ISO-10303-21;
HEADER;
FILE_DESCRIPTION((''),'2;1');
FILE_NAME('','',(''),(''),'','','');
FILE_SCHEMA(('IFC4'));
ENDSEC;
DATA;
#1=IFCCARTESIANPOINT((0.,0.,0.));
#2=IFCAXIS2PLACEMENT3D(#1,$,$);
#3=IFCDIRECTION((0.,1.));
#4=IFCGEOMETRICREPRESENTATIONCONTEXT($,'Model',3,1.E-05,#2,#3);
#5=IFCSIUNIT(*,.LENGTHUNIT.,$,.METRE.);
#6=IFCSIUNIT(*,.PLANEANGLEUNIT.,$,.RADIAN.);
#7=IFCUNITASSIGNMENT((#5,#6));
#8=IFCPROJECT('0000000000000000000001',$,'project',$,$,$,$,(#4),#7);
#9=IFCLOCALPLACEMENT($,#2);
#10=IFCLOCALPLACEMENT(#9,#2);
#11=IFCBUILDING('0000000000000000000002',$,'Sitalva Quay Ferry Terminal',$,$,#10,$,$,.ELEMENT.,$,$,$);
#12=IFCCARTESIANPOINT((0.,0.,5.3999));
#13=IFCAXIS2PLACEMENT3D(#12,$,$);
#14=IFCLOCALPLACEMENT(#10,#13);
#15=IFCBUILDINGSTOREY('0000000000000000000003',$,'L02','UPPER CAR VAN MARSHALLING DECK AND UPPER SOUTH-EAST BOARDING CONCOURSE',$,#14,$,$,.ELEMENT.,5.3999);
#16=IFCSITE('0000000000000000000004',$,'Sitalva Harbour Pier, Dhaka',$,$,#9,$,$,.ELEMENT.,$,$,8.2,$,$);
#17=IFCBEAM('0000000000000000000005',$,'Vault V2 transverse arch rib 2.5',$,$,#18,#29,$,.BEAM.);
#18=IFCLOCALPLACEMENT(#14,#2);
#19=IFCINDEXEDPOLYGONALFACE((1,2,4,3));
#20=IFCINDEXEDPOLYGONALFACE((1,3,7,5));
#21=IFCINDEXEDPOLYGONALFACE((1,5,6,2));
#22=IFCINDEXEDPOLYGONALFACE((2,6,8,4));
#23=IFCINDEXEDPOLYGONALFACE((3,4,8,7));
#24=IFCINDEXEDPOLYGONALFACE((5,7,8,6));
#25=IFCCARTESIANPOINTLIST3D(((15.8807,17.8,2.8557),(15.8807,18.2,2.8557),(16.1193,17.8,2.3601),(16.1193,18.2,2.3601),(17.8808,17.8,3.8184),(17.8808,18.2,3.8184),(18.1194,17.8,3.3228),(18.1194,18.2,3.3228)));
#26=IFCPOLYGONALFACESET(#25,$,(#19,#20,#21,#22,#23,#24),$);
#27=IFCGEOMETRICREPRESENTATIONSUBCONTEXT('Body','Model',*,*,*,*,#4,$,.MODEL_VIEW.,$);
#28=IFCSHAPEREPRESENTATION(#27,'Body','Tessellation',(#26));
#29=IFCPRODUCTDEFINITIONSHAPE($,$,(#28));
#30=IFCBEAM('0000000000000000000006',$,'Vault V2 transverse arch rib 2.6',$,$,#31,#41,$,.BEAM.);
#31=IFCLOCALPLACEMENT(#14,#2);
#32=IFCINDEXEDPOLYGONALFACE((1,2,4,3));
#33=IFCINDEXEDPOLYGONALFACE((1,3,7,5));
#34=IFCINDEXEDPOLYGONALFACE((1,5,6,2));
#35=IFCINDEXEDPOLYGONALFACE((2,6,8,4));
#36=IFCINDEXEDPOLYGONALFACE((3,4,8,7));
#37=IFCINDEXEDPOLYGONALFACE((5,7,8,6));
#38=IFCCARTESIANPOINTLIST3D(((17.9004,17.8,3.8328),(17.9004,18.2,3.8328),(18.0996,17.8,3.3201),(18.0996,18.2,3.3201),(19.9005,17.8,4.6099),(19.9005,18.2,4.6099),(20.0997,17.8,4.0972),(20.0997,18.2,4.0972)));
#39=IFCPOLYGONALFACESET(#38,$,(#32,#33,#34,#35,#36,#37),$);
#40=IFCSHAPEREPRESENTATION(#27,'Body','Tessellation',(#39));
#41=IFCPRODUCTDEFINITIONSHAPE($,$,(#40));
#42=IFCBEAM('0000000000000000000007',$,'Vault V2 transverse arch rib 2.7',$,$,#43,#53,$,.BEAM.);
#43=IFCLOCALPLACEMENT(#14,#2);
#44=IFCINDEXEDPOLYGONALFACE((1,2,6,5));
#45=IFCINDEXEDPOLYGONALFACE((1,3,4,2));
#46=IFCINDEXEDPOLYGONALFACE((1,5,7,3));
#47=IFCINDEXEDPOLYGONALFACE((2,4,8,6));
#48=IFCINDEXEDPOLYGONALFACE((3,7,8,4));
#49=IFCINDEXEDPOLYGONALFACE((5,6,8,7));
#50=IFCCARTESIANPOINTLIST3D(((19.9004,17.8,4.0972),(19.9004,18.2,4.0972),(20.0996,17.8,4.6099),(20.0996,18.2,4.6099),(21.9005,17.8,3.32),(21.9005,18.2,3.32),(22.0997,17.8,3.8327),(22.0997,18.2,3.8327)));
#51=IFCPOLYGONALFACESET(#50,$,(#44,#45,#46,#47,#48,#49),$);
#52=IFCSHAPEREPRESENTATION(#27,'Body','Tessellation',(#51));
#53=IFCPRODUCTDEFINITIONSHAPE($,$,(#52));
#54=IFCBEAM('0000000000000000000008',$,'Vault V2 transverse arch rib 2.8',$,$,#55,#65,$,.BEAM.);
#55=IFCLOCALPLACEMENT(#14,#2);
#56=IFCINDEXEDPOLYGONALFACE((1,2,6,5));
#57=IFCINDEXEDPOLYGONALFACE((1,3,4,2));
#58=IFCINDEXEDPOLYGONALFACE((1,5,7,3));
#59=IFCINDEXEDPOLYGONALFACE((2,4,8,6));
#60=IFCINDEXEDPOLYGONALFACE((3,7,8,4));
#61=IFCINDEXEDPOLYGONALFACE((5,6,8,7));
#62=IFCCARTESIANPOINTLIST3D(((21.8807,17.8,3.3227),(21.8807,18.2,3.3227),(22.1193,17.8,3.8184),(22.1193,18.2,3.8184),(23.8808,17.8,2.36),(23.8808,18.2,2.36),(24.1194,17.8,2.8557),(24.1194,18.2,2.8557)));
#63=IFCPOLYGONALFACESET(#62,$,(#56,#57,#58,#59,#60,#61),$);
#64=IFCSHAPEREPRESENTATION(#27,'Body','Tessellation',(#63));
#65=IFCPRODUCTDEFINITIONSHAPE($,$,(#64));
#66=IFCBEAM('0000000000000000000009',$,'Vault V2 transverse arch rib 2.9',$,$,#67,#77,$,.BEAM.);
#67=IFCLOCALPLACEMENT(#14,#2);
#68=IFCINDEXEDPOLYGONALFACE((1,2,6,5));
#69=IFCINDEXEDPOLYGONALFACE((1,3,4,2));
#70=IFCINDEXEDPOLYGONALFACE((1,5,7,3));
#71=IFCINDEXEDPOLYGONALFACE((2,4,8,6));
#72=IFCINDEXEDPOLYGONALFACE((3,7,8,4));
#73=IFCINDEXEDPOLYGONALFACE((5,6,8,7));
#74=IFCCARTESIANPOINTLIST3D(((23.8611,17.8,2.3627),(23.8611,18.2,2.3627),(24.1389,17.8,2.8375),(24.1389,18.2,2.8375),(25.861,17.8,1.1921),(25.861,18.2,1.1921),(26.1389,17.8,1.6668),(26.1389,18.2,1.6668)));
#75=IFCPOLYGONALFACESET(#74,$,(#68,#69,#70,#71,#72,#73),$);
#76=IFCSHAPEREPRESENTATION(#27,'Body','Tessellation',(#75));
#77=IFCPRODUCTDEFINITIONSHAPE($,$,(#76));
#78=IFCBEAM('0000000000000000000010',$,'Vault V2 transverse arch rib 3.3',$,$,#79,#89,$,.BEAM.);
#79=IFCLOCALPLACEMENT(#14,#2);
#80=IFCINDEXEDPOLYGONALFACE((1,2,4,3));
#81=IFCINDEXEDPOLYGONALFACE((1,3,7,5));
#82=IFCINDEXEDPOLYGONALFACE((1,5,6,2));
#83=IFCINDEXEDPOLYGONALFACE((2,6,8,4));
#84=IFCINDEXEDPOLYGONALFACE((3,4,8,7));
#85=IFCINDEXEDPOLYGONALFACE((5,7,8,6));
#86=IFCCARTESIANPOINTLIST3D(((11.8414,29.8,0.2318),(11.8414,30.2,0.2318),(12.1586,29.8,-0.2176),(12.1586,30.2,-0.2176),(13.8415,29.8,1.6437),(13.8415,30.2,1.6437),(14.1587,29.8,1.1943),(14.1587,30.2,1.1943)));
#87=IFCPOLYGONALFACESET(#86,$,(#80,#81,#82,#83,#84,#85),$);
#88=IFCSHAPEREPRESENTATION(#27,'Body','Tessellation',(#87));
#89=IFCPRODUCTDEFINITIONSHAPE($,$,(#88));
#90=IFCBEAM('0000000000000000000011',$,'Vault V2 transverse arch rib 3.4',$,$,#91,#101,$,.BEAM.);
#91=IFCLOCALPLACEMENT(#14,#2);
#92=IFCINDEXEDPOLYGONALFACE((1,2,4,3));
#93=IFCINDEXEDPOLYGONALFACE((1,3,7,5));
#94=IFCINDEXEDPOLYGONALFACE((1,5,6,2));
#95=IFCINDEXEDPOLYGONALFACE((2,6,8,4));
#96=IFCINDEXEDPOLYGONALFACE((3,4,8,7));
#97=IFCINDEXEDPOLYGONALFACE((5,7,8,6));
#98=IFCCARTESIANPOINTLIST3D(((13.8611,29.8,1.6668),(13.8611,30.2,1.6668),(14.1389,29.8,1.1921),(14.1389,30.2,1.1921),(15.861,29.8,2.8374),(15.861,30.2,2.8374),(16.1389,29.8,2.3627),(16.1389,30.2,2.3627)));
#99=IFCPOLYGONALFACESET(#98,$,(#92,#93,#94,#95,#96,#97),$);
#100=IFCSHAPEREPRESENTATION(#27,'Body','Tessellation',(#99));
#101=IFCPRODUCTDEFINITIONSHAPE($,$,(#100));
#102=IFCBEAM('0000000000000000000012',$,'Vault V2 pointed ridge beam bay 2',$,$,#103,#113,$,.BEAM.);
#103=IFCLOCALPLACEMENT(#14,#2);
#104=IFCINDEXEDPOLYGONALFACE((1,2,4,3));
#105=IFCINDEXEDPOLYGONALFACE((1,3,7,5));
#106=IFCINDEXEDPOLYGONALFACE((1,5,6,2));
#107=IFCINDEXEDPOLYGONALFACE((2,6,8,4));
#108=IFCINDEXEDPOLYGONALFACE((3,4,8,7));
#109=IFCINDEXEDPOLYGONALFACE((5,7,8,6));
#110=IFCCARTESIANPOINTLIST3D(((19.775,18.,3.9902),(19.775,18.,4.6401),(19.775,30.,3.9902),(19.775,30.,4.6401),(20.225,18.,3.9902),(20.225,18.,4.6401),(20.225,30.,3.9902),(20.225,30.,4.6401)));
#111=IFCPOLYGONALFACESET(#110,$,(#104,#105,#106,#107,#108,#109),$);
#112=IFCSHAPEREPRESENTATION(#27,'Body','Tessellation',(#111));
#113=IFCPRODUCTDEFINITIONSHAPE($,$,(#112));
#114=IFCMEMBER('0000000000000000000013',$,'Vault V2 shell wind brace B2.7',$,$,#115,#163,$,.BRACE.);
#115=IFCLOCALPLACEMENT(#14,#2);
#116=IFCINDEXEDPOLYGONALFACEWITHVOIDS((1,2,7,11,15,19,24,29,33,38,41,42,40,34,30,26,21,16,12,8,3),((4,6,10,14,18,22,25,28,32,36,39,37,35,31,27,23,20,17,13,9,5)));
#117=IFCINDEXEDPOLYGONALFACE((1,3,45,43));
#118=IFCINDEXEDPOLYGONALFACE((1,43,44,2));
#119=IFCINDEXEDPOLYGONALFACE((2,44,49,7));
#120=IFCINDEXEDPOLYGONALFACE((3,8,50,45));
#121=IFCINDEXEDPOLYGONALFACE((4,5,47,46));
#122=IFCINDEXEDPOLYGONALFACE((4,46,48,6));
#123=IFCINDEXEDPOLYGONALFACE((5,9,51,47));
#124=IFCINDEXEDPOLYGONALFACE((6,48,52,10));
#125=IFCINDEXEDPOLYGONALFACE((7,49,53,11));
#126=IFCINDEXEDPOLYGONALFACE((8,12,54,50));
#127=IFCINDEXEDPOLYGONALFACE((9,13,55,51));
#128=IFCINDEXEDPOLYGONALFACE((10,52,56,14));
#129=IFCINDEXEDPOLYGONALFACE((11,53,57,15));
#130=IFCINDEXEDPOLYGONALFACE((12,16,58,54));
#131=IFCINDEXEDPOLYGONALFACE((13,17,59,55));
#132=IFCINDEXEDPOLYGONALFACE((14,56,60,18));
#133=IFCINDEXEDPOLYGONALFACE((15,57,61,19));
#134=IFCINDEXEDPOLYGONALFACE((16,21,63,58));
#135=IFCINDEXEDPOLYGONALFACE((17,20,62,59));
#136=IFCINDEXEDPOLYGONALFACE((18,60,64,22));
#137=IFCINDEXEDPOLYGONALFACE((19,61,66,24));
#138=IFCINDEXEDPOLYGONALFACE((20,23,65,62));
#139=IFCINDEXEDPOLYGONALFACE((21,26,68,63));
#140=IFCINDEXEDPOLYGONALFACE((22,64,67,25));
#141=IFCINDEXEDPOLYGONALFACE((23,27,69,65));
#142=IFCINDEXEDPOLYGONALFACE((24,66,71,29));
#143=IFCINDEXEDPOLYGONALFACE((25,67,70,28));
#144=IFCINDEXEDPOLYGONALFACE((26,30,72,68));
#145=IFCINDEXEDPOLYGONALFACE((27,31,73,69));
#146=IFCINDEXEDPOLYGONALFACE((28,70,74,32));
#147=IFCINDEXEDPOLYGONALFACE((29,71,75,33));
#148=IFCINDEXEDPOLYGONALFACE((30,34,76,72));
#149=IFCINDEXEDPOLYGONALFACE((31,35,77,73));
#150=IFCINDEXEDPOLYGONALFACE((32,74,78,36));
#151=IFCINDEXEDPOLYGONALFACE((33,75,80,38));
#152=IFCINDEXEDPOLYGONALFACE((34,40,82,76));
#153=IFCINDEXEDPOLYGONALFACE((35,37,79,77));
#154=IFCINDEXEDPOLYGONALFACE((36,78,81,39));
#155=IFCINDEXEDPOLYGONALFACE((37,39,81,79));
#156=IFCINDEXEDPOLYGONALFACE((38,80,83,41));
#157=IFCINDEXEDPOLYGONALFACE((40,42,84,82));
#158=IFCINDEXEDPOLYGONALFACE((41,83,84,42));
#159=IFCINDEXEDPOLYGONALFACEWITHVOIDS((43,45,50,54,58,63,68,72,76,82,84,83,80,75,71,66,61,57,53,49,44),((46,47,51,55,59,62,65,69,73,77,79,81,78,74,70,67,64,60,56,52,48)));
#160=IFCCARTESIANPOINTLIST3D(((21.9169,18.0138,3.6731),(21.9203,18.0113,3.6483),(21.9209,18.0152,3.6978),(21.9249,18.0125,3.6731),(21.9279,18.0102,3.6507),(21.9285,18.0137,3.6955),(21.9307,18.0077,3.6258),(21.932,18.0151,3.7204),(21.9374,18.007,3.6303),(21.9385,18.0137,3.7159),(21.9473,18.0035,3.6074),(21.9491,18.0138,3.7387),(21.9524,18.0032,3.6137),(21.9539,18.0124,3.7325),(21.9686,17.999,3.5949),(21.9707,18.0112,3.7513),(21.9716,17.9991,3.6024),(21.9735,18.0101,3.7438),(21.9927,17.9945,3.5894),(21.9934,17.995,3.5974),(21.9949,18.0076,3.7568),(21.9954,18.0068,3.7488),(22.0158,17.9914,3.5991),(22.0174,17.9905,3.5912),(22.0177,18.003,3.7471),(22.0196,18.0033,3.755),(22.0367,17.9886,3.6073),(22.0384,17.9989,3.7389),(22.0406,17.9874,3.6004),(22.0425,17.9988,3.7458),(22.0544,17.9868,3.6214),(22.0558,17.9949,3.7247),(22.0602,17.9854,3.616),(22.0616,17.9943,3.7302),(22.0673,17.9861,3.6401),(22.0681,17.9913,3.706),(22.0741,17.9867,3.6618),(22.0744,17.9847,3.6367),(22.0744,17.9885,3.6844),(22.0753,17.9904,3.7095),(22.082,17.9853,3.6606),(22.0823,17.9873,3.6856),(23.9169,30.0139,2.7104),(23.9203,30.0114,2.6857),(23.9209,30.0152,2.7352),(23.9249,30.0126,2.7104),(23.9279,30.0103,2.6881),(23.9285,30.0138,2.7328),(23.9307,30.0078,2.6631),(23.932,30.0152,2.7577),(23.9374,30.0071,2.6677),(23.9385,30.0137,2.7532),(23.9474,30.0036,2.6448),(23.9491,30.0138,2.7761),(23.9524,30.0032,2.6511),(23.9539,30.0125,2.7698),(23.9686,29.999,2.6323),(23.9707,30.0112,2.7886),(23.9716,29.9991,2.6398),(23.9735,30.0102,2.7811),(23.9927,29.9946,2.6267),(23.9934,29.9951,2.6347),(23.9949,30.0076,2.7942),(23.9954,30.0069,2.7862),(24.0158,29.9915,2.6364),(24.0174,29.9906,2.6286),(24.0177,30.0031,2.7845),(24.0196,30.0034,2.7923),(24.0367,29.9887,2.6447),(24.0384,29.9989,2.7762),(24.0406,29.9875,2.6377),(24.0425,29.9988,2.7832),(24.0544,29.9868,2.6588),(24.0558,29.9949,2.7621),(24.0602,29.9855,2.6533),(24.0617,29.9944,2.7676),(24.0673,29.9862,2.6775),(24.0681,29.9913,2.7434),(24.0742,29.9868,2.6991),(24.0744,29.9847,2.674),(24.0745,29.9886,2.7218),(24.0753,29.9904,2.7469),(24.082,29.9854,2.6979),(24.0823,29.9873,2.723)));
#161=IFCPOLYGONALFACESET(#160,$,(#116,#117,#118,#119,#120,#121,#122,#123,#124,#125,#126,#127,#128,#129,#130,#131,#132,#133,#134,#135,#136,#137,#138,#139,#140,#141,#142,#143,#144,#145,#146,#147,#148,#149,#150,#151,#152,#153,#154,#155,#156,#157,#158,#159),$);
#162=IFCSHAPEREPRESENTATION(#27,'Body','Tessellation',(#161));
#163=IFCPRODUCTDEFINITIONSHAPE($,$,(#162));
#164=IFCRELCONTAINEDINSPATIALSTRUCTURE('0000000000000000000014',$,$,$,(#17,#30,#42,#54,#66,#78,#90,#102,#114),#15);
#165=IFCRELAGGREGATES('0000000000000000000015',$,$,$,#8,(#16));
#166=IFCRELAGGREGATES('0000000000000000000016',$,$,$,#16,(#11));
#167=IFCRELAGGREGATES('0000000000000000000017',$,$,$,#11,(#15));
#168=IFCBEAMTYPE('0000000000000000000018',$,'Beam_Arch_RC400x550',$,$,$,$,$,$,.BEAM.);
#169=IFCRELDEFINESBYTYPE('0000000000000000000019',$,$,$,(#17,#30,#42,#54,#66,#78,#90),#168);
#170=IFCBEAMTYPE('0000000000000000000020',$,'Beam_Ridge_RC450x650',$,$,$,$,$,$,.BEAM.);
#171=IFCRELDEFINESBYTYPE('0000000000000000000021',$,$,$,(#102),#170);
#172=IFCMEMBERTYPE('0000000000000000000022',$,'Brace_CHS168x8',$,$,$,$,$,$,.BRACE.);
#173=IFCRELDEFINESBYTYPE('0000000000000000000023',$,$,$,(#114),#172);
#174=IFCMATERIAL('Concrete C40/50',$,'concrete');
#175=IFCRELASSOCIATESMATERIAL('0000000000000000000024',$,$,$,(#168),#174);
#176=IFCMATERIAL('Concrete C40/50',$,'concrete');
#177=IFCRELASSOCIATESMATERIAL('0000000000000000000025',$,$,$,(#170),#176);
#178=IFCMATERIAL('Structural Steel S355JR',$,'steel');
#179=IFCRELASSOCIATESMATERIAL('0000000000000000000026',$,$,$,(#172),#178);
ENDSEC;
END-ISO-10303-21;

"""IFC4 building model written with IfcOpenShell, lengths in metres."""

from ifc_helpers import new_model, si_unit, direction, frame, origin, origin_2d, place, context, subcontext, project, spatial, rectangle, hollow_circle, extrude, material, material_profile, profile_set, type_object, element, save


model = new_model("IFC4")

# Units and contexts
model_context = context("Model", 3, precision=1e-05, world=origin(), true_north=direction((0.0, 1.0)))
body_context = subcontext(model_context, "Body", "Model", "MODEL_VIEW")
ifc_project = project(units=[si_unit("LENGTHUNIT", "METRE"), si_unit("PLANEANGLEUNIT", "RADIAN")], contexts=[model_context])

# Site, building, storey
site_placement = place(None, origin())
site = spatial("IfcSite", under=ifc_project, at=site_placement, Name="Sitalva Harbour Pier, Dhaka", CompositionType="ELEMENT", RefElevation=8.2)
building_placement = place(site_placement, origin())
building = spatial("IfcBuilding", under=site, at=building_placement, Name="Sitalva Quay Ferry Terminal", CompositionType="ELEMENT")
storey_placement = place(building_placement, frame((0.0, 0.0, 5.3999)))
storey = spatial("IfcBuildingStorey", under=building, at=storey_placement, Name="L02", Description="UPPER CAR VAN MARSHALLING DECK AND UPPER SOUTH-EAST BOARDING CONCOURSE", CompositionType="ELEMENT", Elevation=5.3999)

# Beams
ifc_material_1 = material(Name="Concrete C40/50", Category="concrete")
ifc_material_profile_1 = material_profile(ifc_material_1, rectangle(XDim=0.3999, YDim=0.55, at=origin_2d()), Name="RC400x550")
ifc_profile_set_1 = profile_set([ifc_material_profile_1], Name="Concrete C40/50")
beam_type_1 = type_object("IfcBeamType", Name="Beam_Arch_RC400x550", PredefinedType="BEAM", material=ifc_profile_set_1)
beam_1_placement = place(storey_placement, frame((16.0, 18.0, 2.6079), z_axis=(0.901057, 0.0, 0.4337), x_axis=(0.0, 1.0, 0.0)))
element("IfcBeam", 1, at=beam_1_placement, inside=storey, type_object=beam_type_1, Name="Vault V2 transverse arch rib 2.5", PredefinedType="BEAM", context=body_context, shape_type="SweptSolid", body=[
    extrude(rectangle(XDim=0.3999, YDim=0.55, at=origin_2d()), origin(), (0.0, 0.0, 1.0), 2.2197),
])
for number, where, z_axis, x_axis, name in (
    (2, (18.0, 18.0, 3.5764), (0.932111, 0.0, 0.362172), (0.0, 1.0, 0.0), "Vault V2 transverse arch rib 2.6"),
    (3, (20.0, 18.0, 4.3535), (0.932111, 0.0, -0.362172), (0.0, 1.0, 0.0), "Vault V2 transverse arch rib 2.7"),
):
    element("IfcBeam", number, at=place(storey_placement, frame(where, z_axis=z_axis, x_axis=x_axis)), inside=storey, type_object=beam_type_1, Name=name, PredefinedType="BEAM", context=body_context, shape_type="SweptSolid", body=[
        extrude(rectangle(XDim=0.3999, YDim=0.55, at=origin_2d()), origin(), (0.0, 0.0, 1.0), 2.1458),
    ])
beam_2_placement = place(storey_placement, frame((22.0, 18.0, 3.5706), z_axis=(0.901057, 0.0, -0.4337), x_axis=(0.0, 1.0, 0.0)))
element("IfcBeam", 4, at=beam_2_placement, inside=storey, type_object=beam_type_1, Name="Vault V2 transverse arch rib 2.8", PredefinedType="BEAM", context=body_context, shape_type="SweptSolid", body=[
    extrude(rectangle(XDim=0.3999, YDim=0.55, at=origin_2d()), origin(), (0.0, 0.0, 1.0), 2.2197),
])
beam_3_placement = place(storey_placement, frame((24.0, 18.0, 2.6001), z_axis=(0.863029, 0.0, -0.505154), x_axis=(0.0, 1.0, 0.0)))
element("IfcBeam", 5, at=beam_3_placement, inside=storey, type_object=beam_type_1, Name="Vault V2 transverse arch rib 2.9", PredefinedType="BEAM", context=body_context, shape_type="SweptSolid", body=[
    extrude(rectangle(XDim=0.3999, YDim=0.55, at=origin_2d()), origin(), (0.0, 0.0, 1.0), 2.3174),
])
beam_4_placement = place(storey_placement, frame((12.0, 30.0, 0.0071), z_axis=(0.816949, 0.0, 0.576711), x_axis=(0.0, 1.0, 0.0)))
element("IfcBeam", 6, at=beam_4_placement, inside=storey, type_object=beam_type_1, Name="Vault V2 transverse arch rib 3.3", PredefinedType="BEAM", context=body_context, shape_type="SweptSolid", body=[
    extrude(rectangle(XDim=0.3999, YDim=0.55, at=origin_2d()), origin(), (0.0, 0.0, 1.0), 2.4482),
])
beam_5_placement = place(storey_placement, frame((14.0, 30.0, 1.4294), z_axis=(0.863029, 0.0, 0.505154), x_axis=(0.0, 1.0, 0.0)))
element("IfcBeam", 7, at=beam_5_placement, inside=storey, type_object=beam_type_1, Name="Vault V2 transverse arch rib 3.4", PredefinedType="BEAM", context=body_context, shape_type="SweptSolid", body=[
    extrude(rectangle(XDim=0.3999, YDim=0.55, at=origin_2d()), origin(), (0.0, 0.0, 1.0), 2.3174),
])
ifc_material_2 = material(Name="Concrete C40/50", Category="concrete")
ifc_material_profile_2 = material_profile(ifc_material_2, rectangle(XDim=0.45, YDim=0.6499, at=origin_2d()), Name="RC450x650")
ifc_profile_set_2 = profile_set([ifc_material_profile_2], Name="Concrete C40/50")
beam_type_2 = type_object("IfcBeamType", Name="Beam_Ridge_RC450x650", PredefinedType="BEAM", material=ifc_profile_set_2)
beam_6_placement = place(storey_placement, frame((20.0, 18.0, 4.3152), z_axis=(0.0, 1.0, 0.0), x_axis=(-1.0, 0.0, 0.0)))
element("IfcBeam", 8, at=beam_6_placement, inside=storey, type_object=beam_type_2, Name="Vault V2 pointed ridge beam bay 2", PredefinedType="BEAM", context=body_context, shape_type="SweptSolid", body=[
    extrude(rectangle(XDim=0.45, YDim=0.6499, at=origin_2d()), origin(), (0.0, 0.0, 1.0), 12.0),
])

# Member
ifc_material_3 = material(Name="Structural Steel S355JR", Category="steel")
ifc_material_profile_3 = material_profile(ifc_material_3, hollow_circle(Radius=0.0842, WallThickness=0.0081, at=origin_2d()), Name="CHS168x8")
ifc_profile_set_3 = profile_set([ifc_material_profile_3], Name="Structural Steel S355JR")
member_type_1 = type_object("IfcMemberType", Name="Brace_CHS168x8", PredefinedType="BRACE", material=ifc_profile_set_3)
member_1_placement = place(storey_placement, frame((22.0, 18.0, 3.6731), z_axis=(0.163887, 0.98332, -0.078882), x_axis=(-0.986394, 0.164399, 0.0)))
element("IfcMember", 9, at=member_1_placement, inside=storey, type_object=member_type_1, Name="Vault V2 shell wind brace B2.7", PredefinedType="BRACE", context=body_context, shape_type="SweptSolid", body=[
    extrude(hollow_circle(Radius=0.0842, WallThickness=0.0081, at=origin_2d()), origin(), (0.0, 0.0, 1.0), 12.2036),
])

save(model, "model.ifc")
